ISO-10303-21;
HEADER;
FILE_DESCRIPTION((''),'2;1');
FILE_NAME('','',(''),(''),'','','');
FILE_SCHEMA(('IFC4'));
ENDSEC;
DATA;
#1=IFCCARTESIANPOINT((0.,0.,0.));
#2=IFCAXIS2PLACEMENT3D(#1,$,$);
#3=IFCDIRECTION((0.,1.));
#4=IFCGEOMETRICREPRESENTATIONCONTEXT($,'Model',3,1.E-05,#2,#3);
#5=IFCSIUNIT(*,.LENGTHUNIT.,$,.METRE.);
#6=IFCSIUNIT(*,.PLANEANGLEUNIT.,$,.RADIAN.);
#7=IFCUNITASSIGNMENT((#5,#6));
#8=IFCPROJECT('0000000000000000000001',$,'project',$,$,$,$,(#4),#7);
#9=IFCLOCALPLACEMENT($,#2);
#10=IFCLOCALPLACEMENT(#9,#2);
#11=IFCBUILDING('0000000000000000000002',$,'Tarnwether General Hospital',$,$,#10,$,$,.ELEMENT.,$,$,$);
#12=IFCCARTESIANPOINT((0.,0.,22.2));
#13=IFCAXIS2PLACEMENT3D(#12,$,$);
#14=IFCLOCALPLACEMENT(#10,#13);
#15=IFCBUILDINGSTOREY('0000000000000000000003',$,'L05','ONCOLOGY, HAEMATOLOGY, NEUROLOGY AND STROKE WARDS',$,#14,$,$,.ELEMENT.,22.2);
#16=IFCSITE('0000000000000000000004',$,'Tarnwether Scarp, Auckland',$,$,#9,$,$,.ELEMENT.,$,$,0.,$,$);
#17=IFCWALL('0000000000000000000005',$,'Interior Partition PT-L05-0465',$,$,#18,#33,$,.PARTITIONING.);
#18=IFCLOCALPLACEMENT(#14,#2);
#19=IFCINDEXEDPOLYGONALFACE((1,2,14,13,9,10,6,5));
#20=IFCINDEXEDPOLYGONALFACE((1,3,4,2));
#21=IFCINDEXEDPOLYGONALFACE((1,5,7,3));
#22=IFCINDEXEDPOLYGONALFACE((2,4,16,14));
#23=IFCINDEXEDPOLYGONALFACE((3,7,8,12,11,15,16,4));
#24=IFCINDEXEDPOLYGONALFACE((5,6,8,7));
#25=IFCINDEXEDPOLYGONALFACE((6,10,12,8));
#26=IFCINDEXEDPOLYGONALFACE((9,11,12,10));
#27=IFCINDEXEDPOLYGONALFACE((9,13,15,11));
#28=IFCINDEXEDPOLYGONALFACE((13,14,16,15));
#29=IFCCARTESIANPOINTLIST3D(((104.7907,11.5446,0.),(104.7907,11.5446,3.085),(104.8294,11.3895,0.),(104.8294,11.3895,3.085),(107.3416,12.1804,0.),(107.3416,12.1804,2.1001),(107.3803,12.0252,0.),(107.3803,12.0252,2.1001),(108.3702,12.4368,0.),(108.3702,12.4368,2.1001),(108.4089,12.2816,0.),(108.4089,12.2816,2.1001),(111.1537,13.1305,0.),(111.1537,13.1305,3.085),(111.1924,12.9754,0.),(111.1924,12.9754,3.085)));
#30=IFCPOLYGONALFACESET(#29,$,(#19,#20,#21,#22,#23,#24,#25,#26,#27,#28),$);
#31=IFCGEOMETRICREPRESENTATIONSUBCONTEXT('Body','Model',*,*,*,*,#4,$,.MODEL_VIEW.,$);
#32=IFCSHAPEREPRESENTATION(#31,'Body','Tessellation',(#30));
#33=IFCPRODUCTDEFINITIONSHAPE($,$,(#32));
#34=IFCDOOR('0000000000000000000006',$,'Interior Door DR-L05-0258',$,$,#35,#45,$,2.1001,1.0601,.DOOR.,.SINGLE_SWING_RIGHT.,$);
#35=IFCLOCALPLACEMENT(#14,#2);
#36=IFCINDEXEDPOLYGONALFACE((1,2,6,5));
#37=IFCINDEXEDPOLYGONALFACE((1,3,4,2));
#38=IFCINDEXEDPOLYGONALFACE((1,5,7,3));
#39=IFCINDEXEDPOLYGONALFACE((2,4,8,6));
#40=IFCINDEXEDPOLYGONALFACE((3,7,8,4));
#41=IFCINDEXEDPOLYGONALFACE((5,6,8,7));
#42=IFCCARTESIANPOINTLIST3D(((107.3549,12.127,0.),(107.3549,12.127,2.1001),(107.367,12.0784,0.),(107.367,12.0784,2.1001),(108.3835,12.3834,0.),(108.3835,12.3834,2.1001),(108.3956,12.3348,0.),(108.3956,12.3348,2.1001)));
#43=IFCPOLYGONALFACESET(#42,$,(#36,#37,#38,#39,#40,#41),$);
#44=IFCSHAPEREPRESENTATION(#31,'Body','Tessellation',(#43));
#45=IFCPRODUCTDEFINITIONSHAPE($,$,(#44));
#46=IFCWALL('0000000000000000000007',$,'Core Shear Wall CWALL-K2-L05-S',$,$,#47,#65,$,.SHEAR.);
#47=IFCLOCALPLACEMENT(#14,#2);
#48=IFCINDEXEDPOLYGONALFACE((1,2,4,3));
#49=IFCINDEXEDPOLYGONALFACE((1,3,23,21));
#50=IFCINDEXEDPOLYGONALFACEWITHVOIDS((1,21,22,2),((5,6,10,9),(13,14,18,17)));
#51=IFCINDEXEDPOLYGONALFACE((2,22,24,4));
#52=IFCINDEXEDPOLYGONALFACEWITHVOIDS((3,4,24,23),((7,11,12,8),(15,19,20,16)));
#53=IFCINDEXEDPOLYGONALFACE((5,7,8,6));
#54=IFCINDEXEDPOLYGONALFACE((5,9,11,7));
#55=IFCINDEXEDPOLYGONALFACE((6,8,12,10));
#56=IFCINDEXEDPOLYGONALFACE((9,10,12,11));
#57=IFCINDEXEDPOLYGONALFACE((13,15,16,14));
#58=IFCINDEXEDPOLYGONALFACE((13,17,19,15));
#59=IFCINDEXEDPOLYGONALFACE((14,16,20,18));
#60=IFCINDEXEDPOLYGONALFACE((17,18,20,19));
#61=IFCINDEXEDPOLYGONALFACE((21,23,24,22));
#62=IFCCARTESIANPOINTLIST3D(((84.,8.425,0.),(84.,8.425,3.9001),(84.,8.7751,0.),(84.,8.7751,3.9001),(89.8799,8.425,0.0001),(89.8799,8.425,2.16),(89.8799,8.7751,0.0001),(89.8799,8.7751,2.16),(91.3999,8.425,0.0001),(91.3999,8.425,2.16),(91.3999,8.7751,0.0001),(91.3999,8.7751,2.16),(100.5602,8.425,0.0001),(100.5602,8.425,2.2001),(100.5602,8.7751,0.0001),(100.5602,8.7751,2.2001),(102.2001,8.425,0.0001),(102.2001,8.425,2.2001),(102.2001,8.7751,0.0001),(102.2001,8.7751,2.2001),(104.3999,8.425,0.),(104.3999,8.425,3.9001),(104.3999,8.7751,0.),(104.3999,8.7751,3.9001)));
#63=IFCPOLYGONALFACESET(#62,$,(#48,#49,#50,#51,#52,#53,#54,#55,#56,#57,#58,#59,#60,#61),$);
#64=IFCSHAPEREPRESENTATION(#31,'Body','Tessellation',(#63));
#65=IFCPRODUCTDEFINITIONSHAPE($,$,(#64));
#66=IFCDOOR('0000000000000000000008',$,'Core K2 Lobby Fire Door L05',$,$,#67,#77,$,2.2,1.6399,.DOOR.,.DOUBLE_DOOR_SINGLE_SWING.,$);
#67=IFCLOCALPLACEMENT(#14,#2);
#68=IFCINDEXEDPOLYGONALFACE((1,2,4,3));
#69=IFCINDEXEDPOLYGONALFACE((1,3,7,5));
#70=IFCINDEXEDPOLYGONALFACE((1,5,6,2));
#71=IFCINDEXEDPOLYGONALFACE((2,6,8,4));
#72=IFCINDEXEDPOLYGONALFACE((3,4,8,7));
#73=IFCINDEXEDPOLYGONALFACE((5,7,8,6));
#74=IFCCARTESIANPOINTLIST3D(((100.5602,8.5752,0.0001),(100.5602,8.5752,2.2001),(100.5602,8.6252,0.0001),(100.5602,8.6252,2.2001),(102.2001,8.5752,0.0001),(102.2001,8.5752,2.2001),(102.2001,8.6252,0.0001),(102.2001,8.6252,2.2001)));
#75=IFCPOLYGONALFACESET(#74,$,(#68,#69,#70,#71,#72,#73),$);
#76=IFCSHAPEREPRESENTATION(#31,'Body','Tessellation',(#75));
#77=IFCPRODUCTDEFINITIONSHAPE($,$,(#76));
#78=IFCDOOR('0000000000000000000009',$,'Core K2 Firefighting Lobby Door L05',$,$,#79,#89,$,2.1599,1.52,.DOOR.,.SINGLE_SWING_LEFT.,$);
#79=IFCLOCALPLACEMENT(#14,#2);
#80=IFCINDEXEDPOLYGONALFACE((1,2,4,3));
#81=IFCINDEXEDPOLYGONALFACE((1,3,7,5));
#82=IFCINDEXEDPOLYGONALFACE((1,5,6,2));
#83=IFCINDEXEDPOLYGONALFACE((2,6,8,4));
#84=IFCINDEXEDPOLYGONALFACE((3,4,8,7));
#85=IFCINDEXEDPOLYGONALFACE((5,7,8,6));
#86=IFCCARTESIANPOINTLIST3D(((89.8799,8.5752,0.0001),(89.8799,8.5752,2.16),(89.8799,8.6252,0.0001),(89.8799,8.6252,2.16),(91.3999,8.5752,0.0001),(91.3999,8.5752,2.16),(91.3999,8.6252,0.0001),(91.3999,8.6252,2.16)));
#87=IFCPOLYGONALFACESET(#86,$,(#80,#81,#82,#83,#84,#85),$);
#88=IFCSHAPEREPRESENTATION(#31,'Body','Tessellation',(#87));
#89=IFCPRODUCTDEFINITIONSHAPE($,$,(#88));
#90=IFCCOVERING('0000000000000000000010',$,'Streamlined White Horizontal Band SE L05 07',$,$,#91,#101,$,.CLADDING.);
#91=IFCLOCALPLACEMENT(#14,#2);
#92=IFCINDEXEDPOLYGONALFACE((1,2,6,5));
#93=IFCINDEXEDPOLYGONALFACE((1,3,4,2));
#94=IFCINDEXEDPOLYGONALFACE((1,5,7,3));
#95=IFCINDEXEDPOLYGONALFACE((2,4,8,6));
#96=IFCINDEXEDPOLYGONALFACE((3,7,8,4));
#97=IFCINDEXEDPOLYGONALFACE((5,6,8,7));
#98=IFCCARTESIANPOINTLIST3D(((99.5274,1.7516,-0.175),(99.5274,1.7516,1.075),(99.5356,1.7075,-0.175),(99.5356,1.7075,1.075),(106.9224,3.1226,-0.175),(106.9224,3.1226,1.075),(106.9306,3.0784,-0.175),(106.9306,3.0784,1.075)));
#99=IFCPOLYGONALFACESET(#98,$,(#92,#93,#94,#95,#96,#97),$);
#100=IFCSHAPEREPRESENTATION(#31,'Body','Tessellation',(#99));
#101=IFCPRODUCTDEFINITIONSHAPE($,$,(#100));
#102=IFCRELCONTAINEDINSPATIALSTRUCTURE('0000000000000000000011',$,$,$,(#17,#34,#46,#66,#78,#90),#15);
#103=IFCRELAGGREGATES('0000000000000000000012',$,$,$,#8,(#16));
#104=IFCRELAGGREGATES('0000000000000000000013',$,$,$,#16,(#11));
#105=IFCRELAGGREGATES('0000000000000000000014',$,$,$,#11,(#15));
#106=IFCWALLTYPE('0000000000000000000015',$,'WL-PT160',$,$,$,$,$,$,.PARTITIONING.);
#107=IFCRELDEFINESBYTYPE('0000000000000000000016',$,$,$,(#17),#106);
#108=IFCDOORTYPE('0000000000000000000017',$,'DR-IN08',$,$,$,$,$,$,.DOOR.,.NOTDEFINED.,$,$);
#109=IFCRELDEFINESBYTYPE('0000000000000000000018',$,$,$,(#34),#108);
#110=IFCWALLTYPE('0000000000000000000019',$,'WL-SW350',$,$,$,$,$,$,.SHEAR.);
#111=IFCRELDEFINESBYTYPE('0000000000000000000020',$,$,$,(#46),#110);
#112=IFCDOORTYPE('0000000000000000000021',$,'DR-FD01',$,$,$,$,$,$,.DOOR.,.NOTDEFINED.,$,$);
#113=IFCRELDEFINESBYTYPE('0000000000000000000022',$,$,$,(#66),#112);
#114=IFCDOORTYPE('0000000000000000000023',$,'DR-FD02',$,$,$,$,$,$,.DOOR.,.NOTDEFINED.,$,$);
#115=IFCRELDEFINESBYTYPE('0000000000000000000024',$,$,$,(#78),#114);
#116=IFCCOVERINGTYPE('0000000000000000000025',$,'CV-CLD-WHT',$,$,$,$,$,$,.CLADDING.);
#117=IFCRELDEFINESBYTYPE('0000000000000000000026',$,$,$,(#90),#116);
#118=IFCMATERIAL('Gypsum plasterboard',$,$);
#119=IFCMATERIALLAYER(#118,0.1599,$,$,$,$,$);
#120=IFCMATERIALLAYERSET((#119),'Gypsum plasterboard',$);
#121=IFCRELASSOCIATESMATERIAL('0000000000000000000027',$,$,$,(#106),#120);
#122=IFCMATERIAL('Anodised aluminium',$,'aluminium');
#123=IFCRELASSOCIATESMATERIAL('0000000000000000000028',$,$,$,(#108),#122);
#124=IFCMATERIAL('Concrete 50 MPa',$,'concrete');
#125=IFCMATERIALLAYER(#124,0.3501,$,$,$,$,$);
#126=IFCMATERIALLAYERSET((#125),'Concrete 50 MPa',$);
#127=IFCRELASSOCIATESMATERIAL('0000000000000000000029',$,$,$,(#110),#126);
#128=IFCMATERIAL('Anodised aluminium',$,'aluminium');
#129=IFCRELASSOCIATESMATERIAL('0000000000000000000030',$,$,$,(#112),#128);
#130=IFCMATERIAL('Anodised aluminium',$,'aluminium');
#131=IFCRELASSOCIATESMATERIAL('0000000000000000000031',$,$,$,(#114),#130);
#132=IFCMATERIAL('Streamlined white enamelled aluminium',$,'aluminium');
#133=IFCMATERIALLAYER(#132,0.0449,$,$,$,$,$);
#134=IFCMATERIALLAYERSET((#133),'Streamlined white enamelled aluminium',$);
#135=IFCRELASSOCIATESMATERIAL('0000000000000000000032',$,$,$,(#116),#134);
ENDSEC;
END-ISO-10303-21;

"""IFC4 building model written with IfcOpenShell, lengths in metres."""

from ifc_helpers import new_model, si_unit, direction, frame, frame_2d, origin, origin_2d, place, context, subcontext, project, spatial, rectangle, extrude, material, layer, layer_set, type_object, element, fill, save


model = new_model("IFC4")

# Units and contexts
model_context = context("Model", 3, precision=1e-05, world=origin(), true_north=direction((0.0, 1.0)))
body_context = subcontext(model_context, "Body", "Model", "MODEL_VIEW")
ifc_project = project(units=[si_unit("LENGTHUNIT", "METRE"), si_unit("PLANEANGLEUNIT", "RADIAN")], contexts=[model_context])

# Site, building, storey
site_placement = place(None, origin())
site = spatial("IfcSite", under=ifc_project, at=site_placement, Name="Tarnwether Scarp, Auckland", CompositionType="ELEMENT", RefElevation=0.0)
building_placement = place(site_placement, origin())
building = spatial("IfcBuilding", under=site, at=building_placement, Name="Tarnwether General Hospital", CompositionType="ELEMENT")
storey_placement = place(building_placement, frame((0.0, 0.0, 22.2)))
storey = spatial("IfcBuildingStorey", under=building, at=storey_placement, Name="L05", Description="ONCOLOGY, HAEMATOLOGY, NEUROLOGY AND STROKE WARDS", CompositionType="ELEMENT", Elevation=22.2)

# Wall, opening, door
ifc_material_1 = material(Name="Gypsum plasterboard")
ifc_layer_1 = layer(ifc_material_1, 0.1599)
ifc_layer_set_1 = layer_set([ifc_layer_1], Name="Gypsum plasterboard")
wall_type_1 = type_object("IfcWallType", Name="WL-PT160", PredefinedType="PARTITIONING", material=ifc_layer_set_1)
wall_1_placement = place(storey_placement, frame((104.8101, 11.467, 0.0), z_axis=(0.0, 0.0, 1.0), x_axis=(0.970315, 0.241844, 0.0)))
wall_1 = element("IfcWall", 1, at=wall_1_placement, inside=storey, type_object=wall_type_1, Name="Interior Partition PT-L05-0465", PredefinedType="PARTITIONING", context=body_context, shape_type="SweptSolid", body=[
    extrude(rectangle(XDim=6.5576, YDim=0.1599, at=frame_2d((3.2788, 0.0))), origin(), (0.0, 0.0, 1.0), 3.085),
])
opening_1_placement = place(wall_1_placement, frame((2.6289, 0.0, 0.0)))
opening_1 = element("IfcOpeningElement", 2, at=opening_1_placement, cuts=wall_1, PredefinedType="OPENING", context=body_context, shape_type="SweptSolid", body=[
    extrude(rectangle(XDim=1.0601, YDim=2.1001, at=frame_2d((0.53, 1.05))), frame((0.0, 0.0898, 0.0), z_axis=(0.0, -1.0, 0.0), x_axis=(1.0, 0.0, 0.0)), (0.0, 0.0, 1.0), 0.1799),
])
ifc_material_2 = material(Name="Anodised aluminium", Category="aluminium")
door_type_1 = type_object("IfcDoorType", Name="DR-IN08", OperationType="NOTDEFINED", PredefinedType="DOOR", material=ifc_material_2)
door_1_placement = place(opening_1_placement, origin())
door_1 = element("IfcDoor", 3, at=door_1_placement, inside=storey, type_object=door_type_1, Name="Interior Door DR-L05-0258", OperationType="SINGLE_SWING_RIGHT", OverallHeight=2.1001, OverallWidth=1.0601, PredefinedType="DOOR", context=body_context, shape_type="SweptSolid", body=[
    extrude(rectangle(XDim=1.0601, YDim=2.1001, at=frame_2d((0.53, 1.05))), frame((0.0, 0.0249, 0.0), z_axis=(0.0, -1.0, 0.0), x_axis=(1.0, 0.0, 0.0)), (0.0, 0.0, 1.0), 0.05),
])
fill(opening_1, door_1)

# Wall, openings, doors
ifc_material_3 = material(Name="Concrete 50 MPa", Category="concrete")
ifc_layer_2 = layer(ifc_material_3, 0.3501)
ifc_layer_set_2 = layer_set([ifc_layer_2], Name="Concrete 50 MPa")
wall_type_2 = type_object("IfcWallType", Name="WL-SW350", PredefinedType="SHEAR", material=ifc_layer_set_2)
wall_2_placement = place(storey_placement, frame((104.3999, 8.6001, 0.0), z_axis=(0.0, 0.0, 1.0), x_axis=(-1.0, 0.0, 0.0)))
wall_2 = element("IfcWall", 4, at=wall_2_placement, inside=storey, type_object=wall_type_2, Name="Core Shear Wall CWALL-K2-L05-S", PredefinedType="SHEAR", context=body_context, shape_type="SweptSolid", body=[
    extrude(rectangle(XDim=20.3999, YDim=0.3501, at=frame_2d((10.2, 0.0))), origin(), (0.0, 0.0, 1.0), 3.9001),
])
opening_2_placement = place(wall_2_placement, frame((2.2, 0.0, 0.0)))
opening_2 = element("IfcOpeningElement", 5, at=opening_2_placement, cuts=wall_2, PredefinedType="OPENING", context=body_context, shape_type="SweptSolid", body=[
    extrude(rectangle(XDim=1.6399, YDim=2.2, at=frame_2d((0.8198, 1.1001))), frame((0.0, 0.1851, 0.0), z_axis=(0.0, -1.0, 0.0), x_axis=(1.0, 0.0, 0.0)), (0.0, 0.0, 1.0), 0.3701),
])
opening_3_placement = place(wall_2_placement, frame((13.0, 0.0, 0.0)))
opening_3 = element("IfcOpeningElement", 6, at=opening_3_placement, cuts=wall_2, PredefinedType="OPENING", context=body_context, shape_type="SweptSolid", body=[
    extrude(rectangle(XDim=1.52, YDim=2.1599, at=frame_2d((0.76, 1.0801))), frame((0.0, 0.1851, 0.0), z_axis=(0.0, -1.0, 0.0), x_axis=(1.0, 0.0, 0.0)), (0.0, 0.0, 1.0), 0.3701),
])
ifc_material_4 = material(Name="Anodised aluminium", Category="aluminium")
door_type_2 = type_object("IfcDoorType", Name="DR-FD01", OperationType="NOTDEFINED", PredefinedType="DOOR", material=ifc_material_4)
door_2_placement = place(opening_2_placement, origin())
door_2 = element("IfcDoor", 7, at=door_2_placement, inside=storey, type_object=door_type_2, Name="Core K2 Lobby Fire Door L05", OperationType="DOUBLE_DOOR_SINGLE_SWING", OverallHeight=2.2, OverallWidth=1.6399, PredefinedType="DOOR", context=body_context, shape_type="SweptSolid", body=[
    extrude(rectangle(XDim=1.6399, YDim=2.2, at=frame_2d((0.8198, 1.1001))), frame((0.0, 0.0249, 0.0), z_axis=(0.0, -1.0, 0.0), x_axis=(1.0, 0.0, 0.0)), (0.0, 0.0, 1.0), 0.05),
])
fill(opening_2, door_2)
ifc_material_5 = material(Name="Anodised aluminium", Category="aluminium")
door_type_3 = type_object("IfcDoorType", Name="DR-FD02", OperationType="NOTDEFINED", PredefinedType="DOOR", material=ifc_material_5)
door_3_placement = place(opening_3_placement, origin())
door_3 = element("IfcDoor", 8, at=door_3_placement, inside=storey, type_object=door_type_3, Name="Core K2 Firefighting Lobby Door L05", OperationType="SINGLE_SWING_LEFT", OverallHeight=2.1599, OverallWidth=1.52, PredefinedType="DOOR", context=body_context, shape_type="SweptSolid", body=[
    extrude(rectangle(XDim=1.52, YDim=2.1599, at=frame_2d((0.76, 1.0801))), frame((0.0, 0.0249, 0.0), z_axis=(0.0, -1.0, 0.0), x_axis=(1.0, 0.0, 0.0)), (0.0, 0.0, 1.0), 0.05),
])
fill(opening_3, door_3)

# Covering
ifc_material_6 = material(Name="Streamlined white enamelled aluminium", Category="aluminium")
ifc_layer_3 = layer(ifc_material_6, 0.0449)
ifc_layer_set_3 = layer_set([ifc_layer_3], Name="Streamlined white enamelled aluminium")
covering_type = type_object("IfcCoveringType", Name="CV-CLD-WHT", PredefinedType="CLADDING", material=ifc_layer_set_3)
covering_placement = place(storey_placement, frame((103.229, 2.415, -0.175), z_axis=(0.0, 0.0, 1.0), x_axis=(-0.983245, -0.182287, 0.0)))
element("IfcCovering", 9, at=covering_placement, inside=storey, type_object=covering_type, Name="Streamlined White Horizontal Band SE L05 07", PredefinedType="CLADDING", context=body_context, shape_type="SweptSolid", body=[
    extrude(rectangle(XDim=7.521, YDim=0.0449, at=origin_2d()), origin(), (0.0, 0.0, 1.0), 1.25),
])

save(model, "model.ifc")
